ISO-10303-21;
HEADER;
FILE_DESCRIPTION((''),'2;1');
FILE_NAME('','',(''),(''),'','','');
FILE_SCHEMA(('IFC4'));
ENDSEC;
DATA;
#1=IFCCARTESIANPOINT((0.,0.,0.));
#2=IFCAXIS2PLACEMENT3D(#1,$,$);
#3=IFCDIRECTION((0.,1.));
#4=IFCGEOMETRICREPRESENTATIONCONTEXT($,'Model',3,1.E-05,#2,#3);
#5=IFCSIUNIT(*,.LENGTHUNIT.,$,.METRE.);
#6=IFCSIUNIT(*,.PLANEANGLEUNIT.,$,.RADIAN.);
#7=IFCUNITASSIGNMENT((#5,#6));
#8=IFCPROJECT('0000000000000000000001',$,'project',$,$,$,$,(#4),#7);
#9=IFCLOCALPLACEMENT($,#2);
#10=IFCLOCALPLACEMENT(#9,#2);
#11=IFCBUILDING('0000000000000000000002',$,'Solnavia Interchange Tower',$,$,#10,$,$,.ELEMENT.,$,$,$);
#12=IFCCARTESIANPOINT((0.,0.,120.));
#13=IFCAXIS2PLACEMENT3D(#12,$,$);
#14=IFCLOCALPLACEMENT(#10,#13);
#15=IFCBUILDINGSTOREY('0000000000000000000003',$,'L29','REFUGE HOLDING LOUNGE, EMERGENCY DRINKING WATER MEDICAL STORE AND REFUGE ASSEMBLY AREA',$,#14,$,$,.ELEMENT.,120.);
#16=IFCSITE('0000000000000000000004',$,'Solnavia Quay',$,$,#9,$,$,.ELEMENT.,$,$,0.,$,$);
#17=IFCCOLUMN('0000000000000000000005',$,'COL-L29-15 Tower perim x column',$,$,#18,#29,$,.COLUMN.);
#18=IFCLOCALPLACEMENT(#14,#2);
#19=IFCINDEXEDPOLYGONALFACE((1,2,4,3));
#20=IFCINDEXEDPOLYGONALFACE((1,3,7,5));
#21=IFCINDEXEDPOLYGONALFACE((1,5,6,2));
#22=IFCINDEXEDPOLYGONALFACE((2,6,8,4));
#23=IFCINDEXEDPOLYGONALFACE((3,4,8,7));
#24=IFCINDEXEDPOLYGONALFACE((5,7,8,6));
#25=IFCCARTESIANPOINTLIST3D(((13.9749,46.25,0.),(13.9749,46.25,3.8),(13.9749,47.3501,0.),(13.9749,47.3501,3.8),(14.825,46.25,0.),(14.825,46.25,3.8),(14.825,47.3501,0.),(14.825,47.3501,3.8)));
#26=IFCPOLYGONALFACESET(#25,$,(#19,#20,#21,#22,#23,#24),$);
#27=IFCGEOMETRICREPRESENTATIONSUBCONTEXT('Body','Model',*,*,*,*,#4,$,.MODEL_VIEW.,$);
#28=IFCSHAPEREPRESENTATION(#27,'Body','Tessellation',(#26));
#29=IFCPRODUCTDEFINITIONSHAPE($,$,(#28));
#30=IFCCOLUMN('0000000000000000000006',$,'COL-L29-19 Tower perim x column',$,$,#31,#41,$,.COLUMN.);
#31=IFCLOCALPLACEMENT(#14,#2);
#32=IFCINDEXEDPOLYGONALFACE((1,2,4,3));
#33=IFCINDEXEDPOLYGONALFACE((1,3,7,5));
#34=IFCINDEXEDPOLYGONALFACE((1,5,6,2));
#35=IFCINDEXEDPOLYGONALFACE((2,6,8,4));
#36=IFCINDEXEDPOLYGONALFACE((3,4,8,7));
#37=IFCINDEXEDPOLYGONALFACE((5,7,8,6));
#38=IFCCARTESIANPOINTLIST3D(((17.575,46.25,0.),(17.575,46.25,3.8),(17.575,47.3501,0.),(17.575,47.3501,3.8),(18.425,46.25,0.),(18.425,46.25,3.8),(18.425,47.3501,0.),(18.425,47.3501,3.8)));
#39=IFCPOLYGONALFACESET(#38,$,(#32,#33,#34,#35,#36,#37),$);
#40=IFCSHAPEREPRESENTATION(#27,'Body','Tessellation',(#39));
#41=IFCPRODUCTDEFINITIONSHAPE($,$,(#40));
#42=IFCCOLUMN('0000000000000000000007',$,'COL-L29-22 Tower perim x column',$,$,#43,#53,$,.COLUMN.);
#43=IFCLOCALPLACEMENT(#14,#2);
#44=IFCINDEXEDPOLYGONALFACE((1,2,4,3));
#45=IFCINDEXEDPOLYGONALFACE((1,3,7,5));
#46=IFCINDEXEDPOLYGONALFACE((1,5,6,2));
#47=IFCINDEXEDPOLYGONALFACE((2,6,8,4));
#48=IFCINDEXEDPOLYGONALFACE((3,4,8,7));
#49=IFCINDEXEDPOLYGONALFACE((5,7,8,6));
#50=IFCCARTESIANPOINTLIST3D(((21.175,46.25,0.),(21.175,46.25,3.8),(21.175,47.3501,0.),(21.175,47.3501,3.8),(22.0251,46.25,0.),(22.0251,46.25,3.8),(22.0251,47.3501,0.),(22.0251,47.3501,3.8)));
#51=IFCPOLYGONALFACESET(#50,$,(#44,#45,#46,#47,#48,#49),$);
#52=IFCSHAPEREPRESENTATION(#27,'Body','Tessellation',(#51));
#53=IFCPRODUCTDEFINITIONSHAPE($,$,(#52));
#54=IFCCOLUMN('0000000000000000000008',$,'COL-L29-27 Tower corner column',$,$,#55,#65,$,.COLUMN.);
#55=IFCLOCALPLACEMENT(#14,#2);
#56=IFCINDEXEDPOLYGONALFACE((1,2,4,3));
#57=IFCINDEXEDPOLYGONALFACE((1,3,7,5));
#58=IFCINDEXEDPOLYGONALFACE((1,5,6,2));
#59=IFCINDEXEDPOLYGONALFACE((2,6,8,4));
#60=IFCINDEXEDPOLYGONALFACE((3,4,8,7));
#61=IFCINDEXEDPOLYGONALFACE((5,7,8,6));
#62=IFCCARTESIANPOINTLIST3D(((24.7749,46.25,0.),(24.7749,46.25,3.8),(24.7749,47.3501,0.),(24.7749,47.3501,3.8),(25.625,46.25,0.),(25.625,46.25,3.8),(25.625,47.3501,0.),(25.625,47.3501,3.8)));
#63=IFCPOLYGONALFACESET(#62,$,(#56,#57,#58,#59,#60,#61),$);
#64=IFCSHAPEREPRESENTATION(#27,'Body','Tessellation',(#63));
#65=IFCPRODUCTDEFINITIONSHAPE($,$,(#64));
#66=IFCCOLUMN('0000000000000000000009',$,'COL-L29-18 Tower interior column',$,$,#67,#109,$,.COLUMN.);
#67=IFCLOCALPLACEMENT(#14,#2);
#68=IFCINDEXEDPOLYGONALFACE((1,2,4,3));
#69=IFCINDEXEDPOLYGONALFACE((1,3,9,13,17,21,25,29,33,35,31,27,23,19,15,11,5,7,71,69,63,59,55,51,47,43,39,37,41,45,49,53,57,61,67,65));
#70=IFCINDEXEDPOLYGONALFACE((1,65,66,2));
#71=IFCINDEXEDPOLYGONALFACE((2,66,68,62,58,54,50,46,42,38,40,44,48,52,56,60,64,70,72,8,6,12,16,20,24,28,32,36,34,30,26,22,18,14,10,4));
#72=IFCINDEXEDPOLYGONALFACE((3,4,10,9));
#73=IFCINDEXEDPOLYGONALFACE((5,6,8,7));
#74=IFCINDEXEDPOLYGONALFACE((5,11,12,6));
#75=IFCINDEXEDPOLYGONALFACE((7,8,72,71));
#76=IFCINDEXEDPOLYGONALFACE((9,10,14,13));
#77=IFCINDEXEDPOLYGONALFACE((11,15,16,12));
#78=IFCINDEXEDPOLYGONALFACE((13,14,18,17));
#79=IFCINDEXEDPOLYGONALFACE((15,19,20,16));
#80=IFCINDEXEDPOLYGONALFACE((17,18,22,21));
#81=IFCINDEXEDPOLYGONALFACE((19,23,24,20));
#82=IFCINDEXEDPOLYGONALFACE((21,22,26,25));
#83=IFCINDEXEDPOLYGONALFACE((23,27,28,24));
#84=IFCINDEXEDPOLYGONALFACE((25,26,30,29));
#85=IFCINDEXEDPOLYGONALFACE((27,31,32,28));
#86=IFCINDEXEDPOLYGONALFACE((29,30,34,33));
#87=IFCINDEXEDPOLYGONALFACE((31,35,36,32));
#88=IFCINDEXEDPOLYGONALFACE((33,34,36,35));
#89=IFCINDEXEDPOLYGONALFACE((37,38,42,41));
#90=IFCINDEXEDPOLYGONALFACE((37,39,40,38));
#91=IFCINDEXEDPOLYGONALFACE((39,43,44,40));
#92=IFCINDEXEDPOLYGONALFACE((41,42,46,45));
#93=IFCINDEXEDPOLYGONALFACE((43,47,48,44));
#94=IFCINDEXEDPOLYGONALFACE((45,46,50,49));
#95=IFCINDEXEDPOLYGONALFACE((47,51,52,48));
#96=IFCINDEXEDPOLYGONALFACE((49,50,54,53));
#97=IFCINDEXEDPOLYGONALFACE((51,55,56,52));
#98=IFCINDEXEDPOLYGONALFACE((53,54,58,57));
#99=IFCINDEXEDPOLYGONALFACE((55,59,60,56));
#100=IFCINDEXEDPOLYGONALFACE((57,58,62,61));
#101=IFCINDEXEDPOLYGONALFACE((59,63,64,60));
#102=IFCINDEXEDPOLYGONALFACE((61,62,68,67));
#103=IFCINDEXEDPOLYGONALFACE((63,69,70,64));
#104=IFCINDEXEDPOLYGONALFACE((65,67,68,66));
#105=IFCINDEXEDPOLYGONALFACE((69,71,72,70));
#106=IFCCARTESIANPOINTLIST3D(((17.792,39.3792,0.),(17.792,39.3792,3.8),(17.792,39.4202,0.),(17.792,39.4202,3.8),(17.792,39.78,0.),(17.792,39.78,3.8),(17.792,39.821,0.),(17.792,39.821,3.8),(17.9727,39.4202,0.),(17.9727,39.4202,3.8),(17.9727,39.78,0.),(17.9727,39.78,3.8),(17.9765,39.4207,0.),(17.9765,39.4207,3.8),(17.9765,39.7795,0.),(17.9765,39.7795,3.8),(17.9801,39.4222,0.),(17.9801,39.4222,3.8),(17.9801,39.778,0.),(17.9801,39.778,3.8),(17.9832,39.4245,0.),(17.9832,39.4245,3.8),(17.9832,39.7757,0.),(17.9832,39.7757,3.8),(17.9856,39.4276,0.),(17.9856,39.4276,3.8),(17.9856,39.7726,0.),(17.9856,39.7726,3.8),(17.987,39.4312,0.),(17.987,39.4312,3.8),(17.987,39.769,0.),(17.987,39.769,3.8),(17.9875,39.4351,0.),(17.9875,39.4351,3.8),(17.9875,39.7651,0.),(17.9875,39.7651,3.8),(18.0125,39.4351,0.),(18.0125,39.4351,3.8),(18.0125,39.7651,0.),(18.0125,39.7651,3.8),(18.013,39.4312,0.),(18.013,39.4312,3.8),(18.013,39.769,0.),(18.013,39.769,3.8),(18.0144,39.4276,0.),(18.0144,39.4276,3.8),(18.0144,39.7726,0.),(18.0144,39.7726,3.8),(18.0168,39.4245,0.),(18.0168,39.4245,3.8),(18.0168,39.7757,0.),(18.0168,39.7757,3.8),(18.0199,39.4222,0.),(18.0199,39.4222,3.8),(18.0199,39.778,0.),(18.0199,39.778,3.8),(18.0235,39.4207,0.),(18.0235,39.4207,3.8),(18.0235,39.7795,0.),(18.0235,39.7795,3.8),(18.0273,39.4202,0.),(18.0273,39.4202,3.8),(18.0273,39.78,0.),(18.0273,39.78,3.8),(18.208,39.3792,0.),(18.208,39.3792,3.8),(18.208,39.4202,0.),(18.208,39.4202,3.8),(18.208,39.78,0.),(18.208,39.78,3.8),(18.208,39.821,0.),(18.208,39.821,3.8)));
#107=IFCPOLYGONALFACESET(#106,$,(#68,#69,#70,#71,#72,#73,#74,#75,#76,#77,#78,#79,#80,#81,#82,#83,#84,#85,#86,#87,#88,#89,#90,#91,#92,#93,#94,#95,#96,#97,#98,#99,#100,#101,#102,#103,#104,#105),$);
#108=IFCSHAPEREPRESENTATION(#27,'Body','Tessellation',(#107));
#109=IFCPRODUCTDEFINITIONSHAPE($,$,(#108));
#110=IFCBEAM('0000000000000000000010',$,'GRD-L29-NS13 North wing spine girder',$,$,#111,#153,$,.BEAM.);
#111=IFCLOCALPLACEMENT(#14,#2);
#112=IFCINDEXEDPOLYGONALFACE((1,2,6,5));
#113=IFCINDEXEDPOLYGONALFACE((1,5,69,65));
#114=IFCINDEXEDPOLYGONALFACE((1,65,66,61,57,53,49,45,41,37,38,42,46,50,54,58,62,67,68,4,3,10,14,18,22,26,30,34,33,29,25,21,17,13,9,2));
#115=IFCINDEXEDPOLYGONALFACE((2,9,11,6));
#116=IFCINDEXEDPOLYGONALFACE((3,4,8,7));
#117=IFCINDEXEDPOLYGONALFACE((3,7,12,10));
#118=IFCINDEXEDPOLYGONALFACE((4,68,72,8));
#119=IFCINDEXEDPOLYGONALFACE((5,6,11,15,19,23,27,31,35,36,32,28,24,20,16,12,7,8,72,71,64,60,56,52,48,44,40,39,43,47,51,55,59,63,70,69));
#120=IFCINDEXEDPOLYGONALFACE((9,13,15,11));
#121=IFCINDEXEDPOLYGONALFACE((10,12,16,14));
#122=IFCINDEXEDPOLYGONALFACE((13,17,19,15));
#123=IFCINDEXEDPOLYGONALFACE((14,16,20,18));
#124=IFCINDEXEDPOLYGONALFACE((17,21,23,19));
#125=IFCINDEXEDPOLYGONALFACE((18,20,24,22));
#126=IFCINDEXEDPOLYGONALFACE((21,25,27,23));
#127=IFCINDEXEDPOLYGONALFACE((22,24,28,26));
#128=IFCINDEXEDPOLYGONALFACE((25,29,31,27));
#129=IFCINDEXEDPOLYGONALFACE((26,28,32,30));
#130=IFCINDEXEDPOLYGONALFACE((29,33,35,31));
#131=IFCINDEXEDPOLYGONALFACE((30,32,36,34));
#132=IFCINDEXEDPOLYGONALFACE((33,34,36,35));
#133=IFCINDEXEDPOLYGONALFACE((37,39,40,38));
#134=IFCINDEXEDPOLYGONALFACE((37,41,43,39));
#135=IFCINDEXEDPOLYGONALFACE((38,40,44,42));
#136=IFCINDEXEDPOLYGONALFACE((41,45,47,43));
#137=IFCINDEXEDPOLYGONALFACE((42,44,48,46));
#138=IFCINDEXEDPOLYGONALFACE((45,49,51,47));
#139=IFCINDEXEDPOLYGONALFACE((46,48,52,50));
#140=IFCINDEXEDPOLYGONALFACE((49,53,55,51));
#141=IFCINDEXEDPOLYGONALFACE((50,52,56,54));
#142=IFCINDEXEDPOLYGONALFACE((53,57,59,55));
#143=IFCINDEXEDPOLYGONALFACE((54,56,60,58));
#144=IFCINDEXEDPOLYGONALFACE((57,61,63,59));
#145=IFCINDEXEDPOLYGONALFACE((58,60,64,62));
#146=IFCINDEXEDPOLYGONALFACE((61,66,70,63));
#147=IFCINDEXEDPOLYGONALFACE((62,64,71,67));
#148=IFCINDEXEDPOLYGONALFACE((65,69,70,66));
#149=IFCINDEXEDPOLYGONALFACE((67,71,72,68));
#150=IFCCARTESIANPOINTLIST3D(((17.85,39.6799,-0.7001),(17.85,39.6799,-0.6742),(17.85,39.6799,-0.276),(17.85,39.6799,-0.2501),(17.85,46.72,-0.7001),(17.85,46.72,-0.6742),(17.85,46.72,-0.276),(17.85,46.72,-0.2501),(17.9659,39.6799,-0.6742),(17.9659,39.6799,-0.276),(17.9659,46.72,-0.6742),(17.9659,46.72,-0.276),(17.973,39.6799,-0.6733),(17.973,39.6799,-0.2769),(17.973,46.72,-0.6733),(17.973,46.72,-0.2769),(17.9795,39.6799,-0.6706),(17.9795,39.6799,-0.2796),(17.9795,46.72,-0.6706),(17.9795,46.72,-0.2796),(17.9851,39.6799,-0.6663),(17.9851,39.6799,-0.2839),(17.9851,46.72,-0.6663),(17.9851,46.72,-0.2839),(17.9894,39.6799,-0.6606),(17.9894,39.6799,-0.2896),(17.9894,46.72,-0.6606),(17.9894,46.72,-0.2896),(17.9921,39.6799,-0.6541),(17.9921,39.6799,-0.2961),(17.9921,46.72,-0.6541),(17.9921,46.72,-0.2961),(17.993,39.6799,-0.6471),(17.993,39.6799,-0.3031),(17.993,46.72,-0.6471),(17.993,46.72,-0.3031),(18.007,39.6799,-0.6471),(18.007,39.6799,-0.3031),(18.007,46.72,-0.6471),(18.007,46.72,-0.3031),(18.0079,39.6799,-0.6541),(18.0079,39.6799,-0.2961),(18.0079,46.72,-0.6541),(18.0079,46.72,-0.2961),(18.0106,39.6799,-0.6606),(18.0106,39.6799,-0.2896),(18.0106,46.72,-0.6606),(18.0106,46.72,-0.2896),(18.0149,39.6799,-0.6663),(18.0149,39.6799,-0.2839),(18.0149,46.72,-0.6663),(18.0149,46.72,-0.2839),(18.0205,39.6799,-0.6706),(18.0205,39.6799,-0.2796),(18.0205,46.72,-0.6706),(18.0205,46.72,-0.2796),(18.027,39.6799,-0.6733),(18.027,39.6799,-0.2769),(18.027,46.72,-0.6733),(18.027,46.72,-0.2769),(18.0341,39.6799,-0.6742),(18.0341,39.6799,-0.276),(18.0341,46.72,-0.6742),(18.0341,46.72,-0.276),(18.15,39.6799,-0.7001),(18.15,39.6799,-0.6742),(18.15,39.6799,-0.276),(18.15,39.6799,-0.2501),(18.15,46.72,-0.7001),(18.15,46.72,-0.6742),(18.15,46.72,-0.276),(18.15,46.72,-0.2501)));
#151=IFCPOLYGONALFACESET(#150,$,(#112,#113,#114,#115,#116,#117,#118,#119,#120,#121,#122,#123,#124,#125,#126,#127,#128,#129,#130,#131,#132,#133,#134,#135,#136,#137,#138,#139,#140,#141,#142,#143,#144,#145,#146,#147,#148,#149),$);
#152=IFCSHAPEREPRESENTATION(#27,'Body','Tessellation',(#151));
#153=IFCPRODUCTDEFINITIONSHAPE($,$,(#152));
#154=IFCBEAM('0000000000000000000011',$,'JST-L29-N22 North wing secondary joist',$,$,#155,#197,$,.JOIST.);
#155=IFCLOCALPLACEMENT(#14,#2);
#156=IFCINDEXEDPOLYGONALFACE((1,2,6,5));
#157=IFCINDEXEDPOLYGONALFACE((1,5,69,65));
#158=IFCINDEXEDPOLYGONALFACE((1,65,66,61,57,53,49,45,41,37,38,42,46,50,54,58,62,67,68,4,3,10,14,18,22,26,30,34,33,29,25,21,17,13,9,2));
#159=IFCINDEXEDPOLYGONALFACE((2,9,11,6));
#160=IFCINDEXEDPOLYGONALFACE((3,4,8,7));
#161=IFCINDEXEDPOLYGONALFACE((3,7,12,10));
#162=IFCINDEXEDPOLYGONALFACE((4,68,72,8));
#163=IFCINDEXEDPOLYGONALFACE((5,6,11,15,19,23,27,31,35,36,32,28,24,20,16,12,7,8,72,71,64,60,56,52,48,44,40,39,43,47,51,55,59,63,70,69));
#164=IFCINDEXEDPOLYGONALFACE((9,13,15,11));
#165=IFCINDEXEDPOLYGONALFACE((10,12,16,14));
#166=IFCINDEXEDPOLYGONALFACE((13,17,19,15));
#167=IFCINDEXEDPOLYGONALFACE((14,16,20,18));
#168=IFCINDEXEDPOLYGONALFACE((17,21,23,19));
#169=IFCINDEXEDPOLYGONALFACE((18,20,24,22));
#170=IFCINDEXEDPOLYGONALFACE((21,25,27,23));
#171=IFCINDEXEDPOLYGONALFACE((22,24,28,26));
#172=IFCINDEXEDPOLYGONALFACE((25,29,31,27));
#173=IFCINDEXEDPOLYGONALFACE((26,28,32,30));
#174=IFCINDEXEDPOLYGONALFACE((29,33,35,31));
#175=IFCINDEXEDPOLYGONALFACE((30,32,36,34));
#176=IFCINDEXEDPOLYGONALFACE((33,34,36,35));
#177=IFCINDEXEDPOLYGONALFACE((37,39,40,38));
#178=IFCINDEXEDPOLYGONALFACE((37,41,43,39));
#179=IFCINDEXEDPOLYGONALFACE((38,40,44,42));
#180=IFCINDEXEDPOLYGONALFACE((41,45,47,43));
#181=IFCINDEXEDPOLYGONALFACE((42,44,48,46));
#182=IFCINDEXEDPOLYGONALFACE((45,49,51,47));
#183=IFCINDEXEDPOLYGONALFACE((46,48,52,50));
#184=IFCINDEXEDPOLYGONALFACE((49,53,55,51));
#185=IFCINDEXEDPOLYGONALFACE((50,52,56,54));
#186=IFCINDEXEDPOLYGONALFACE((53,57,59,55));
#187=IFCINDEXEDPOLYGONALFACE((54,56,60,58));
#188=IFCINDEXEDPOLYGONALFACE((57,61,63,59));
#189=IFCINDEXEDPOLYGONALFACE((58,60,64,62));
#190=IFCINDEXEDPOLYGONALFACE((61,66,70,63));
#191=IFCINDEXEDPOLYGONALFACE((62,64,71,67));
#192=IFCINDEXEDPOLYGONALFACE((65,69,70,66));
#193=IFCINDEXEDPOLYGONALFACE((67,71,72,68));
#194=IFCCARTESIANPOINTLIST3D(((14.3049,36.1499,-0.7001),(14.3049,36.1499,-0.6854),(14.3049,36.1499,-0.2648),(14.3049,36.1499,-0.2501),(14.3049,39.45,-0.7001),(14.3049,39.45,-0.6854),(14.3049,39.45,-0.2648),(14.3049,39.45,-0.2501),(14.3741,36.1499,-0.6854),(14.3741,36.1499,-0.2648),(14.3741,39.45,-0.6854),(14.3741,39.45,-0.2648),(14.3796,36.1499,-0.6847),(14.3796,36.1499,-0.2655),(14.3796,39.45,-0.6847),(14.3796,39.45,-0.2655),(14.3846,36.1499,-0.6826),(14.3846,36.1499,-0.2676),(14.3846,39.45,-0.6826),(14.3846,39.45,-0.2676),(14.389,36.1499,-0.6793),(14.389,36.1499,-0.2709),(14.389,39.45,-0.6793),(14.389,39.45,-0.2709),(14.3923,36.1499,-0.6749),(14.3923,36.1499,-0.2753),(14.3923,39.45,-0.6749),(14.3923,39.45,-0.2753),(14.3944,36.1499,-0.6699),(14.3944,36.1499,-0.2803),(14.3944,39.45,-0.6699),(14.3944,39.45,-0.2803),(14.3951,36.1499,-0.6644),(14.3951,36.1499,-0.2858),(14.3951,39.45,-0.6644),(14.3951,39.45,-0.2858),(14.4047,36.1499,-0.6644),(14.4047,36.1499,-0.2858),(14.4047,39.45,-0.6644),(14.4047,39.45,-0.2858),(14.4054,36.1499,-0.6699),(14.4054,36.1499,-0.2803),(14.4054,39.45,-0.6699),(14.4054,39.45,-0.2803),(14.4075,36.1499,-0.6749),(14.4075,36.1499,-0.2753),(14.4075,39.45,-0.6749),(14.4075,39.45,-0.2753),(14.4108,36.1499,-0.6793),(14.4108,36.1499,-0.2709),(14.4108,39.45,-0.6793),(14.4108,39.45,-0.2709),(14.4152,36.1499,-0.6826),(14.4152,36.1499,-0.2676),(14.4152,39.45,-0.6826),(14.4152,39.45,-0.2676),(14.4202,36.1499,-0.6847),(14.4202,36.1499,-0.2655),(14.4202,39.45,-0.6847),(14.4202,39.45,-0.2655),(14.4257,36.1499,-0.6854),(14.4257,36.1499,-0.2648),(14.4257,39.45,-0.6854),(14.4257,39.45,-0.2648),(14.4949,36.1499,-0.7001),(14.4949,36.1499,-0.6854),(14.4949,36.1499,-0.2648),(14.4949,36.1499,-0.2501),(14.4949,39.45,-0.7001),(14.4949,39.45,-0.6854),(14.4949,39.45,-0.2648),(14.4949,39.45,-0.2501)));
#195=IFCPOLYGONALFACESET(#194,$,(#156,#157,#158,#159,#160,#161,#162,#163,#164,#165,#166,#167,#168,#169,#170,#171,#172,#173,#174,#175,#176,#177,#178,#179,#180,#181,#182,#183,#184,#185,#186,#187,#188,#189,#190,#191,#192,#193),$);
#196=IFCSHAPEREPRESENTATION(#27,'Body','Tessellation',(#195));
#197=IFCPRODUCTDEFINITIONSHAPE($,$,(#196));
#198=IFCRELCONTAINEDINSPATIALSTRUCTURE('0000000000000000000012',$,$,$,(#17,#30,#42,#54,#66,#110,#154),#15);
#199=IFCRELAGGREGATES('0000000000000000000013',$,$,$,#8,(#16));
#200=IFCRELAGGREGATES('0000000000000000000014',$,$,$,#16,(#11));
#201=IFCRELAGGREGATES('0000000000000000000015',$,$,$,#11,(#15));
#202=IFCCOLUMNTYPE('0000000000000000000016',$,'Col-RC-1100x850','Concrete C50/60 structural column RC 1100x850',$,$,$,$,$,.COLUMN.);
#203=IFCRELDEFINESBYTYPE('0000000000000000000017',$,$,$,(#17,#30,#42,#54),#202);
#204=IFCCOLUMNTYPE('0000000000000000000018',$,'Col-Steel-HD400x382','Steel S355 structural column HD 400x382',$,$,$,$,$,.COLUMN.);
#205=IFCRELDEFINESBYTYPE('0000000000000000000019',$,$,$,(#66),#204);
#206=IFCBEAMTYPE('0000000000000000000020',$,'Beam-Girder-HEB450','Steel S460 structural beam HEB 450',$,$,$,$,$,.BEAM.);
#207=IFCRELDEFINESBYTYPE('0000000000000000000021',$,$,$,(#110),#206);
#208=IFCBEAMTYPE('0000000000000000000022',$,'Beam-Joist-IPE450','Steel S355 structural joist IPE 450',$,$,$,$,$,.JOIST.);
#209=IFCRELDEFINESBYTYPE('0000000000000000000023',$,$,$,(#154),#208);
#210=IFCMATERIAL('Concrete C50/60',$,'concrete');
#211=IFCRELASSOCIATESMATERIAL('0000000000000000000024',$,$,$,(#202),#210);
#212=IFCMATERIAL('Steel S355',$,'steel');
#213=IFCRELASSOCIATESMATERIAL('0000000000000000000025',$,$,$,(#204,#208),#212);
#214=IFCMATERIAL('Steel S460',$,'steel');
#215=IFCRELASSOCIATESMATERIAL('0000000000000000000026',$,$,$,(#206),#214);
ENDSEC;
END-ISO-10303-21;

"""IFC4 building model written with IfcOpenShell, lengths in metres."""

from ifc_helpers import new_model, si_unit, direction, frame, origin, origin_2d, place, context, subcontext, project, spatial, rectangle, i_section, extrude, material, material_profile, profile_set, type_object, element, save


model = new_model("IFC4")

# Units and contexts
model_context = context("Model", 3, precision=1e-05, world=origin(), true_north=direction((0.0, 1.0)))
body_context = subcontext(model_context, "Body", "Model", "MODEL_VIEW")
ifc_project = project(units=[si_unit("LENGTHUNIT", "METRE"), si_unit("PLANEANGLEUNIT", "RADIAN")], contexts=[model_context])

# Site, building, storey
site_placement = place(None, origin())
site = spatial("IfcSite", under=ifc_project, at=site_placement, Name="Solnavia Quay", CompositionType="ELEMENT", RefElevation=0.0)
building_placement = place(site_placement, origin())
building = spatial("IfcBuilding", under=site, at=building_placement, Name="Solnavia Interchange Tower", CompositionType="ELEMENT")
storey_placement = place(building_placement, frame((0.0, 0.0, 120.0)))
storey = spatial("IfcBuildingStorey", under=building, at=storey_placement, Name="L29", Description="REFUGE HOLDING LOUNGE, EMERGENCY DRINKING WATER MEDICAL STORE AND REFUGE ASSEMBLY AREA", CompositionType="ELEMENT", Elevation=120.0)

# Columns
ifc_material_1 = material(Name="Concrete C50/60", Category="concrete")
ifc_material_profile_1 = material_profile(ifc_material_1, rectangle(XDim=0.8501, YDim=1.1001, at=origin_2d()), Name="RC 1100x850")
ifc_profile_set_1 = profile_set([ifc_material_profile_1], Name="Concrete C50/60")
column_type_1 = type_object("IfcColumnType", Name="Col-RC-1100x850", Description="Concrete C50/60 structural column RC 1100x850", PredefinedType="COLUMN", material=ifc_profile_set_1)
for number, where, z_axis, x_axis, name in (
    (1, (14.3999, 46.8, 0.0), (0.0, 0.0, 1.0), (1.0, 0.0, 0.0), "COL-L29-15 Tower perim x column"),
    (2, (18.0, 46.8, 0.0), (0.0, 0.0, 1.0), (1.0, 0.0, 0.0), "COL-L29-19 Tower perim x column"),
    (3, (21.6001, 46.8, 0.0), (0.0, 0.0, 1.0), (1.0, 0.0, 0.0), "COL-L29-22 Tower perim x column"),
    (4, (25.2, 46.8, 0.0), (0.0, 0.0, 1.0), (1.0, 0.0, 0.0), "COL-L29-27 Tower corner column"),
):
    element("IfcColumn", number, at=place(storey_placement, frame(where, z_axis=z_axis, x_axis=x_axis)), inside=storey, type_object=column_type_1, Name=name, PredefinedType="COLUMN", context=body_context, shape_type="SweptSolid", body=[
        extrude(rectangle(XDim=0.8501, YDim=1.1001, at=origin_2d()), origin(), (0.0, 0.0, 1.0), 3.8),
    ])
ifc_material_2 = material(Name="Steel S355", Category="steel")
ifc_material_profile_2 = material_profile(ifc_material_2, i_section(OverallWidth=0.416, OverallDepth=0.4419, WebThickness=0.0249, FlangeThickness=0.041, FilletRadius=0.0149, at=origin_2d()), Name="HD 400x382")
ifc_profile_set_2 = profile_set([ifc_material_profile_2], Name="Steel S355")
column_type_2 = type_object("IfcColumnType", Name="Col-Steel-HD400x382", Description="Steel S355 structural column HD 400x382", PredefinedType="COLUMN", material=ifc_profile_set_2)
column_placement = place(storey_placement, frame((18.0, 39.6001, 0.0), z_axis=(0.0, 0.0, 1.0), x_axis=(1.0, 0.0, 0.0)))
element("IfcColumn", 5, at=column_placement, inside=storey, type_object=column_type_2, Name="COL-L29-18 Tower interior column", PredefinedType="COLUMN", context=body_context, shape_type="SweptSolid", body=[
    extrude(i_section(OverallWidth=0.416, OverallDepth=0.4419, WebThickness=0.0249, FlangeThickness=0.041, FilletRadius=0.0149, at=origin_2d()), origin(), (0.0, 0.0, 1.0), 3.8),
])

# Beams
ifc_material_3 = material(Name="Steel S460", Category="steel")
ifc_material_profile_3 = material_profile(ifc_material_3, i_section(OverallWidth=0.3, OverallDepth=0.45, WebThickness=0.0139, FlangeThickness=0.0259, FilletRadius=0.0271, at=origin_2d()), Name="HEB 450")
ifc_profile_set_3 = profile_set([ifc_material_profile_3], Name="Steel S460")
beam_type_1 = type_object("IfcBeamType", Name="Beam-Girder-HEB450", Description="Steel S460 structural beam HEB 450", PredefinedType="BEAM", material=ifc_profile_set_3)
beam_1_placement = place(storey_placement, frame((18.0, 39.6799, -0.4751), z_axis=(0.0, 1.0, 0.0), x_axis=(-1.0, 0.0, 0.0)))
element("IfcBeam", 6, at=beam_1_placement, inside=storey, type_object=beam_type_1, Name="GRD-L29-NS13 North wing spine girder", PredefinedType="BEAM", context=body_context, shape_type="SweptSolid", body=[
    extrude(i_section(OverallWidth=0.3, OverallDepth=0.45, WebThickness=0.0139, FlangeThickness=0.0259, FilletRadius=0.0271, at=origin_2d()), origin(), (0.0, 0.0, 1.0), 7.04),
])
ifc_material_profile_4 = material_profile(ifc_material_2, i_section(OverallWidth=0.1899, OverallDepth=0.45, WebThickness=0.0095, FlangeThickness=0.0146, FilletRadius=0.021, at=origin_2d()), Name="IPE 450")
ifc_profile_set_4 = profile_set([ifc_material_profile_4], Name="Steel S355")
beam_type_2 = type_object("IfcBeamType", Name="Beam-Joist-IPE450", Description="Steel S355 structural joist IPE 450", PredefinedType="JOIST", material=ifc_profile_set_4)
for number, where, z_axis, x_axis, name in (
    (7, (14.3999, 36.1499, -0.4751), (0.0, 1.0, 0.0), (-1.0, 0.0, 0.0), "JST-L29-N22 North wing secondary joist"),
):
    element("IfcBeam", number, at=place(storey_placement, frame(where, z_axis=z_axis, x_axis=x_axis)), inside=storey, type_object=beam_type_2, Name=name, PredefinedType="JOIST", context=body_context, shape_type="SweptSolid", body=[
        extrude(i_section(OverallWidth=0.1899, OverallDepth=0.45, WebThickness=0.0095, FlangeThickness=0.0146, FilletRadius=0.021, at=origin_2d()), origin(), (0.0, 0.0, 1.0), 3.3),
    ])

save(model, "model.ifc")
